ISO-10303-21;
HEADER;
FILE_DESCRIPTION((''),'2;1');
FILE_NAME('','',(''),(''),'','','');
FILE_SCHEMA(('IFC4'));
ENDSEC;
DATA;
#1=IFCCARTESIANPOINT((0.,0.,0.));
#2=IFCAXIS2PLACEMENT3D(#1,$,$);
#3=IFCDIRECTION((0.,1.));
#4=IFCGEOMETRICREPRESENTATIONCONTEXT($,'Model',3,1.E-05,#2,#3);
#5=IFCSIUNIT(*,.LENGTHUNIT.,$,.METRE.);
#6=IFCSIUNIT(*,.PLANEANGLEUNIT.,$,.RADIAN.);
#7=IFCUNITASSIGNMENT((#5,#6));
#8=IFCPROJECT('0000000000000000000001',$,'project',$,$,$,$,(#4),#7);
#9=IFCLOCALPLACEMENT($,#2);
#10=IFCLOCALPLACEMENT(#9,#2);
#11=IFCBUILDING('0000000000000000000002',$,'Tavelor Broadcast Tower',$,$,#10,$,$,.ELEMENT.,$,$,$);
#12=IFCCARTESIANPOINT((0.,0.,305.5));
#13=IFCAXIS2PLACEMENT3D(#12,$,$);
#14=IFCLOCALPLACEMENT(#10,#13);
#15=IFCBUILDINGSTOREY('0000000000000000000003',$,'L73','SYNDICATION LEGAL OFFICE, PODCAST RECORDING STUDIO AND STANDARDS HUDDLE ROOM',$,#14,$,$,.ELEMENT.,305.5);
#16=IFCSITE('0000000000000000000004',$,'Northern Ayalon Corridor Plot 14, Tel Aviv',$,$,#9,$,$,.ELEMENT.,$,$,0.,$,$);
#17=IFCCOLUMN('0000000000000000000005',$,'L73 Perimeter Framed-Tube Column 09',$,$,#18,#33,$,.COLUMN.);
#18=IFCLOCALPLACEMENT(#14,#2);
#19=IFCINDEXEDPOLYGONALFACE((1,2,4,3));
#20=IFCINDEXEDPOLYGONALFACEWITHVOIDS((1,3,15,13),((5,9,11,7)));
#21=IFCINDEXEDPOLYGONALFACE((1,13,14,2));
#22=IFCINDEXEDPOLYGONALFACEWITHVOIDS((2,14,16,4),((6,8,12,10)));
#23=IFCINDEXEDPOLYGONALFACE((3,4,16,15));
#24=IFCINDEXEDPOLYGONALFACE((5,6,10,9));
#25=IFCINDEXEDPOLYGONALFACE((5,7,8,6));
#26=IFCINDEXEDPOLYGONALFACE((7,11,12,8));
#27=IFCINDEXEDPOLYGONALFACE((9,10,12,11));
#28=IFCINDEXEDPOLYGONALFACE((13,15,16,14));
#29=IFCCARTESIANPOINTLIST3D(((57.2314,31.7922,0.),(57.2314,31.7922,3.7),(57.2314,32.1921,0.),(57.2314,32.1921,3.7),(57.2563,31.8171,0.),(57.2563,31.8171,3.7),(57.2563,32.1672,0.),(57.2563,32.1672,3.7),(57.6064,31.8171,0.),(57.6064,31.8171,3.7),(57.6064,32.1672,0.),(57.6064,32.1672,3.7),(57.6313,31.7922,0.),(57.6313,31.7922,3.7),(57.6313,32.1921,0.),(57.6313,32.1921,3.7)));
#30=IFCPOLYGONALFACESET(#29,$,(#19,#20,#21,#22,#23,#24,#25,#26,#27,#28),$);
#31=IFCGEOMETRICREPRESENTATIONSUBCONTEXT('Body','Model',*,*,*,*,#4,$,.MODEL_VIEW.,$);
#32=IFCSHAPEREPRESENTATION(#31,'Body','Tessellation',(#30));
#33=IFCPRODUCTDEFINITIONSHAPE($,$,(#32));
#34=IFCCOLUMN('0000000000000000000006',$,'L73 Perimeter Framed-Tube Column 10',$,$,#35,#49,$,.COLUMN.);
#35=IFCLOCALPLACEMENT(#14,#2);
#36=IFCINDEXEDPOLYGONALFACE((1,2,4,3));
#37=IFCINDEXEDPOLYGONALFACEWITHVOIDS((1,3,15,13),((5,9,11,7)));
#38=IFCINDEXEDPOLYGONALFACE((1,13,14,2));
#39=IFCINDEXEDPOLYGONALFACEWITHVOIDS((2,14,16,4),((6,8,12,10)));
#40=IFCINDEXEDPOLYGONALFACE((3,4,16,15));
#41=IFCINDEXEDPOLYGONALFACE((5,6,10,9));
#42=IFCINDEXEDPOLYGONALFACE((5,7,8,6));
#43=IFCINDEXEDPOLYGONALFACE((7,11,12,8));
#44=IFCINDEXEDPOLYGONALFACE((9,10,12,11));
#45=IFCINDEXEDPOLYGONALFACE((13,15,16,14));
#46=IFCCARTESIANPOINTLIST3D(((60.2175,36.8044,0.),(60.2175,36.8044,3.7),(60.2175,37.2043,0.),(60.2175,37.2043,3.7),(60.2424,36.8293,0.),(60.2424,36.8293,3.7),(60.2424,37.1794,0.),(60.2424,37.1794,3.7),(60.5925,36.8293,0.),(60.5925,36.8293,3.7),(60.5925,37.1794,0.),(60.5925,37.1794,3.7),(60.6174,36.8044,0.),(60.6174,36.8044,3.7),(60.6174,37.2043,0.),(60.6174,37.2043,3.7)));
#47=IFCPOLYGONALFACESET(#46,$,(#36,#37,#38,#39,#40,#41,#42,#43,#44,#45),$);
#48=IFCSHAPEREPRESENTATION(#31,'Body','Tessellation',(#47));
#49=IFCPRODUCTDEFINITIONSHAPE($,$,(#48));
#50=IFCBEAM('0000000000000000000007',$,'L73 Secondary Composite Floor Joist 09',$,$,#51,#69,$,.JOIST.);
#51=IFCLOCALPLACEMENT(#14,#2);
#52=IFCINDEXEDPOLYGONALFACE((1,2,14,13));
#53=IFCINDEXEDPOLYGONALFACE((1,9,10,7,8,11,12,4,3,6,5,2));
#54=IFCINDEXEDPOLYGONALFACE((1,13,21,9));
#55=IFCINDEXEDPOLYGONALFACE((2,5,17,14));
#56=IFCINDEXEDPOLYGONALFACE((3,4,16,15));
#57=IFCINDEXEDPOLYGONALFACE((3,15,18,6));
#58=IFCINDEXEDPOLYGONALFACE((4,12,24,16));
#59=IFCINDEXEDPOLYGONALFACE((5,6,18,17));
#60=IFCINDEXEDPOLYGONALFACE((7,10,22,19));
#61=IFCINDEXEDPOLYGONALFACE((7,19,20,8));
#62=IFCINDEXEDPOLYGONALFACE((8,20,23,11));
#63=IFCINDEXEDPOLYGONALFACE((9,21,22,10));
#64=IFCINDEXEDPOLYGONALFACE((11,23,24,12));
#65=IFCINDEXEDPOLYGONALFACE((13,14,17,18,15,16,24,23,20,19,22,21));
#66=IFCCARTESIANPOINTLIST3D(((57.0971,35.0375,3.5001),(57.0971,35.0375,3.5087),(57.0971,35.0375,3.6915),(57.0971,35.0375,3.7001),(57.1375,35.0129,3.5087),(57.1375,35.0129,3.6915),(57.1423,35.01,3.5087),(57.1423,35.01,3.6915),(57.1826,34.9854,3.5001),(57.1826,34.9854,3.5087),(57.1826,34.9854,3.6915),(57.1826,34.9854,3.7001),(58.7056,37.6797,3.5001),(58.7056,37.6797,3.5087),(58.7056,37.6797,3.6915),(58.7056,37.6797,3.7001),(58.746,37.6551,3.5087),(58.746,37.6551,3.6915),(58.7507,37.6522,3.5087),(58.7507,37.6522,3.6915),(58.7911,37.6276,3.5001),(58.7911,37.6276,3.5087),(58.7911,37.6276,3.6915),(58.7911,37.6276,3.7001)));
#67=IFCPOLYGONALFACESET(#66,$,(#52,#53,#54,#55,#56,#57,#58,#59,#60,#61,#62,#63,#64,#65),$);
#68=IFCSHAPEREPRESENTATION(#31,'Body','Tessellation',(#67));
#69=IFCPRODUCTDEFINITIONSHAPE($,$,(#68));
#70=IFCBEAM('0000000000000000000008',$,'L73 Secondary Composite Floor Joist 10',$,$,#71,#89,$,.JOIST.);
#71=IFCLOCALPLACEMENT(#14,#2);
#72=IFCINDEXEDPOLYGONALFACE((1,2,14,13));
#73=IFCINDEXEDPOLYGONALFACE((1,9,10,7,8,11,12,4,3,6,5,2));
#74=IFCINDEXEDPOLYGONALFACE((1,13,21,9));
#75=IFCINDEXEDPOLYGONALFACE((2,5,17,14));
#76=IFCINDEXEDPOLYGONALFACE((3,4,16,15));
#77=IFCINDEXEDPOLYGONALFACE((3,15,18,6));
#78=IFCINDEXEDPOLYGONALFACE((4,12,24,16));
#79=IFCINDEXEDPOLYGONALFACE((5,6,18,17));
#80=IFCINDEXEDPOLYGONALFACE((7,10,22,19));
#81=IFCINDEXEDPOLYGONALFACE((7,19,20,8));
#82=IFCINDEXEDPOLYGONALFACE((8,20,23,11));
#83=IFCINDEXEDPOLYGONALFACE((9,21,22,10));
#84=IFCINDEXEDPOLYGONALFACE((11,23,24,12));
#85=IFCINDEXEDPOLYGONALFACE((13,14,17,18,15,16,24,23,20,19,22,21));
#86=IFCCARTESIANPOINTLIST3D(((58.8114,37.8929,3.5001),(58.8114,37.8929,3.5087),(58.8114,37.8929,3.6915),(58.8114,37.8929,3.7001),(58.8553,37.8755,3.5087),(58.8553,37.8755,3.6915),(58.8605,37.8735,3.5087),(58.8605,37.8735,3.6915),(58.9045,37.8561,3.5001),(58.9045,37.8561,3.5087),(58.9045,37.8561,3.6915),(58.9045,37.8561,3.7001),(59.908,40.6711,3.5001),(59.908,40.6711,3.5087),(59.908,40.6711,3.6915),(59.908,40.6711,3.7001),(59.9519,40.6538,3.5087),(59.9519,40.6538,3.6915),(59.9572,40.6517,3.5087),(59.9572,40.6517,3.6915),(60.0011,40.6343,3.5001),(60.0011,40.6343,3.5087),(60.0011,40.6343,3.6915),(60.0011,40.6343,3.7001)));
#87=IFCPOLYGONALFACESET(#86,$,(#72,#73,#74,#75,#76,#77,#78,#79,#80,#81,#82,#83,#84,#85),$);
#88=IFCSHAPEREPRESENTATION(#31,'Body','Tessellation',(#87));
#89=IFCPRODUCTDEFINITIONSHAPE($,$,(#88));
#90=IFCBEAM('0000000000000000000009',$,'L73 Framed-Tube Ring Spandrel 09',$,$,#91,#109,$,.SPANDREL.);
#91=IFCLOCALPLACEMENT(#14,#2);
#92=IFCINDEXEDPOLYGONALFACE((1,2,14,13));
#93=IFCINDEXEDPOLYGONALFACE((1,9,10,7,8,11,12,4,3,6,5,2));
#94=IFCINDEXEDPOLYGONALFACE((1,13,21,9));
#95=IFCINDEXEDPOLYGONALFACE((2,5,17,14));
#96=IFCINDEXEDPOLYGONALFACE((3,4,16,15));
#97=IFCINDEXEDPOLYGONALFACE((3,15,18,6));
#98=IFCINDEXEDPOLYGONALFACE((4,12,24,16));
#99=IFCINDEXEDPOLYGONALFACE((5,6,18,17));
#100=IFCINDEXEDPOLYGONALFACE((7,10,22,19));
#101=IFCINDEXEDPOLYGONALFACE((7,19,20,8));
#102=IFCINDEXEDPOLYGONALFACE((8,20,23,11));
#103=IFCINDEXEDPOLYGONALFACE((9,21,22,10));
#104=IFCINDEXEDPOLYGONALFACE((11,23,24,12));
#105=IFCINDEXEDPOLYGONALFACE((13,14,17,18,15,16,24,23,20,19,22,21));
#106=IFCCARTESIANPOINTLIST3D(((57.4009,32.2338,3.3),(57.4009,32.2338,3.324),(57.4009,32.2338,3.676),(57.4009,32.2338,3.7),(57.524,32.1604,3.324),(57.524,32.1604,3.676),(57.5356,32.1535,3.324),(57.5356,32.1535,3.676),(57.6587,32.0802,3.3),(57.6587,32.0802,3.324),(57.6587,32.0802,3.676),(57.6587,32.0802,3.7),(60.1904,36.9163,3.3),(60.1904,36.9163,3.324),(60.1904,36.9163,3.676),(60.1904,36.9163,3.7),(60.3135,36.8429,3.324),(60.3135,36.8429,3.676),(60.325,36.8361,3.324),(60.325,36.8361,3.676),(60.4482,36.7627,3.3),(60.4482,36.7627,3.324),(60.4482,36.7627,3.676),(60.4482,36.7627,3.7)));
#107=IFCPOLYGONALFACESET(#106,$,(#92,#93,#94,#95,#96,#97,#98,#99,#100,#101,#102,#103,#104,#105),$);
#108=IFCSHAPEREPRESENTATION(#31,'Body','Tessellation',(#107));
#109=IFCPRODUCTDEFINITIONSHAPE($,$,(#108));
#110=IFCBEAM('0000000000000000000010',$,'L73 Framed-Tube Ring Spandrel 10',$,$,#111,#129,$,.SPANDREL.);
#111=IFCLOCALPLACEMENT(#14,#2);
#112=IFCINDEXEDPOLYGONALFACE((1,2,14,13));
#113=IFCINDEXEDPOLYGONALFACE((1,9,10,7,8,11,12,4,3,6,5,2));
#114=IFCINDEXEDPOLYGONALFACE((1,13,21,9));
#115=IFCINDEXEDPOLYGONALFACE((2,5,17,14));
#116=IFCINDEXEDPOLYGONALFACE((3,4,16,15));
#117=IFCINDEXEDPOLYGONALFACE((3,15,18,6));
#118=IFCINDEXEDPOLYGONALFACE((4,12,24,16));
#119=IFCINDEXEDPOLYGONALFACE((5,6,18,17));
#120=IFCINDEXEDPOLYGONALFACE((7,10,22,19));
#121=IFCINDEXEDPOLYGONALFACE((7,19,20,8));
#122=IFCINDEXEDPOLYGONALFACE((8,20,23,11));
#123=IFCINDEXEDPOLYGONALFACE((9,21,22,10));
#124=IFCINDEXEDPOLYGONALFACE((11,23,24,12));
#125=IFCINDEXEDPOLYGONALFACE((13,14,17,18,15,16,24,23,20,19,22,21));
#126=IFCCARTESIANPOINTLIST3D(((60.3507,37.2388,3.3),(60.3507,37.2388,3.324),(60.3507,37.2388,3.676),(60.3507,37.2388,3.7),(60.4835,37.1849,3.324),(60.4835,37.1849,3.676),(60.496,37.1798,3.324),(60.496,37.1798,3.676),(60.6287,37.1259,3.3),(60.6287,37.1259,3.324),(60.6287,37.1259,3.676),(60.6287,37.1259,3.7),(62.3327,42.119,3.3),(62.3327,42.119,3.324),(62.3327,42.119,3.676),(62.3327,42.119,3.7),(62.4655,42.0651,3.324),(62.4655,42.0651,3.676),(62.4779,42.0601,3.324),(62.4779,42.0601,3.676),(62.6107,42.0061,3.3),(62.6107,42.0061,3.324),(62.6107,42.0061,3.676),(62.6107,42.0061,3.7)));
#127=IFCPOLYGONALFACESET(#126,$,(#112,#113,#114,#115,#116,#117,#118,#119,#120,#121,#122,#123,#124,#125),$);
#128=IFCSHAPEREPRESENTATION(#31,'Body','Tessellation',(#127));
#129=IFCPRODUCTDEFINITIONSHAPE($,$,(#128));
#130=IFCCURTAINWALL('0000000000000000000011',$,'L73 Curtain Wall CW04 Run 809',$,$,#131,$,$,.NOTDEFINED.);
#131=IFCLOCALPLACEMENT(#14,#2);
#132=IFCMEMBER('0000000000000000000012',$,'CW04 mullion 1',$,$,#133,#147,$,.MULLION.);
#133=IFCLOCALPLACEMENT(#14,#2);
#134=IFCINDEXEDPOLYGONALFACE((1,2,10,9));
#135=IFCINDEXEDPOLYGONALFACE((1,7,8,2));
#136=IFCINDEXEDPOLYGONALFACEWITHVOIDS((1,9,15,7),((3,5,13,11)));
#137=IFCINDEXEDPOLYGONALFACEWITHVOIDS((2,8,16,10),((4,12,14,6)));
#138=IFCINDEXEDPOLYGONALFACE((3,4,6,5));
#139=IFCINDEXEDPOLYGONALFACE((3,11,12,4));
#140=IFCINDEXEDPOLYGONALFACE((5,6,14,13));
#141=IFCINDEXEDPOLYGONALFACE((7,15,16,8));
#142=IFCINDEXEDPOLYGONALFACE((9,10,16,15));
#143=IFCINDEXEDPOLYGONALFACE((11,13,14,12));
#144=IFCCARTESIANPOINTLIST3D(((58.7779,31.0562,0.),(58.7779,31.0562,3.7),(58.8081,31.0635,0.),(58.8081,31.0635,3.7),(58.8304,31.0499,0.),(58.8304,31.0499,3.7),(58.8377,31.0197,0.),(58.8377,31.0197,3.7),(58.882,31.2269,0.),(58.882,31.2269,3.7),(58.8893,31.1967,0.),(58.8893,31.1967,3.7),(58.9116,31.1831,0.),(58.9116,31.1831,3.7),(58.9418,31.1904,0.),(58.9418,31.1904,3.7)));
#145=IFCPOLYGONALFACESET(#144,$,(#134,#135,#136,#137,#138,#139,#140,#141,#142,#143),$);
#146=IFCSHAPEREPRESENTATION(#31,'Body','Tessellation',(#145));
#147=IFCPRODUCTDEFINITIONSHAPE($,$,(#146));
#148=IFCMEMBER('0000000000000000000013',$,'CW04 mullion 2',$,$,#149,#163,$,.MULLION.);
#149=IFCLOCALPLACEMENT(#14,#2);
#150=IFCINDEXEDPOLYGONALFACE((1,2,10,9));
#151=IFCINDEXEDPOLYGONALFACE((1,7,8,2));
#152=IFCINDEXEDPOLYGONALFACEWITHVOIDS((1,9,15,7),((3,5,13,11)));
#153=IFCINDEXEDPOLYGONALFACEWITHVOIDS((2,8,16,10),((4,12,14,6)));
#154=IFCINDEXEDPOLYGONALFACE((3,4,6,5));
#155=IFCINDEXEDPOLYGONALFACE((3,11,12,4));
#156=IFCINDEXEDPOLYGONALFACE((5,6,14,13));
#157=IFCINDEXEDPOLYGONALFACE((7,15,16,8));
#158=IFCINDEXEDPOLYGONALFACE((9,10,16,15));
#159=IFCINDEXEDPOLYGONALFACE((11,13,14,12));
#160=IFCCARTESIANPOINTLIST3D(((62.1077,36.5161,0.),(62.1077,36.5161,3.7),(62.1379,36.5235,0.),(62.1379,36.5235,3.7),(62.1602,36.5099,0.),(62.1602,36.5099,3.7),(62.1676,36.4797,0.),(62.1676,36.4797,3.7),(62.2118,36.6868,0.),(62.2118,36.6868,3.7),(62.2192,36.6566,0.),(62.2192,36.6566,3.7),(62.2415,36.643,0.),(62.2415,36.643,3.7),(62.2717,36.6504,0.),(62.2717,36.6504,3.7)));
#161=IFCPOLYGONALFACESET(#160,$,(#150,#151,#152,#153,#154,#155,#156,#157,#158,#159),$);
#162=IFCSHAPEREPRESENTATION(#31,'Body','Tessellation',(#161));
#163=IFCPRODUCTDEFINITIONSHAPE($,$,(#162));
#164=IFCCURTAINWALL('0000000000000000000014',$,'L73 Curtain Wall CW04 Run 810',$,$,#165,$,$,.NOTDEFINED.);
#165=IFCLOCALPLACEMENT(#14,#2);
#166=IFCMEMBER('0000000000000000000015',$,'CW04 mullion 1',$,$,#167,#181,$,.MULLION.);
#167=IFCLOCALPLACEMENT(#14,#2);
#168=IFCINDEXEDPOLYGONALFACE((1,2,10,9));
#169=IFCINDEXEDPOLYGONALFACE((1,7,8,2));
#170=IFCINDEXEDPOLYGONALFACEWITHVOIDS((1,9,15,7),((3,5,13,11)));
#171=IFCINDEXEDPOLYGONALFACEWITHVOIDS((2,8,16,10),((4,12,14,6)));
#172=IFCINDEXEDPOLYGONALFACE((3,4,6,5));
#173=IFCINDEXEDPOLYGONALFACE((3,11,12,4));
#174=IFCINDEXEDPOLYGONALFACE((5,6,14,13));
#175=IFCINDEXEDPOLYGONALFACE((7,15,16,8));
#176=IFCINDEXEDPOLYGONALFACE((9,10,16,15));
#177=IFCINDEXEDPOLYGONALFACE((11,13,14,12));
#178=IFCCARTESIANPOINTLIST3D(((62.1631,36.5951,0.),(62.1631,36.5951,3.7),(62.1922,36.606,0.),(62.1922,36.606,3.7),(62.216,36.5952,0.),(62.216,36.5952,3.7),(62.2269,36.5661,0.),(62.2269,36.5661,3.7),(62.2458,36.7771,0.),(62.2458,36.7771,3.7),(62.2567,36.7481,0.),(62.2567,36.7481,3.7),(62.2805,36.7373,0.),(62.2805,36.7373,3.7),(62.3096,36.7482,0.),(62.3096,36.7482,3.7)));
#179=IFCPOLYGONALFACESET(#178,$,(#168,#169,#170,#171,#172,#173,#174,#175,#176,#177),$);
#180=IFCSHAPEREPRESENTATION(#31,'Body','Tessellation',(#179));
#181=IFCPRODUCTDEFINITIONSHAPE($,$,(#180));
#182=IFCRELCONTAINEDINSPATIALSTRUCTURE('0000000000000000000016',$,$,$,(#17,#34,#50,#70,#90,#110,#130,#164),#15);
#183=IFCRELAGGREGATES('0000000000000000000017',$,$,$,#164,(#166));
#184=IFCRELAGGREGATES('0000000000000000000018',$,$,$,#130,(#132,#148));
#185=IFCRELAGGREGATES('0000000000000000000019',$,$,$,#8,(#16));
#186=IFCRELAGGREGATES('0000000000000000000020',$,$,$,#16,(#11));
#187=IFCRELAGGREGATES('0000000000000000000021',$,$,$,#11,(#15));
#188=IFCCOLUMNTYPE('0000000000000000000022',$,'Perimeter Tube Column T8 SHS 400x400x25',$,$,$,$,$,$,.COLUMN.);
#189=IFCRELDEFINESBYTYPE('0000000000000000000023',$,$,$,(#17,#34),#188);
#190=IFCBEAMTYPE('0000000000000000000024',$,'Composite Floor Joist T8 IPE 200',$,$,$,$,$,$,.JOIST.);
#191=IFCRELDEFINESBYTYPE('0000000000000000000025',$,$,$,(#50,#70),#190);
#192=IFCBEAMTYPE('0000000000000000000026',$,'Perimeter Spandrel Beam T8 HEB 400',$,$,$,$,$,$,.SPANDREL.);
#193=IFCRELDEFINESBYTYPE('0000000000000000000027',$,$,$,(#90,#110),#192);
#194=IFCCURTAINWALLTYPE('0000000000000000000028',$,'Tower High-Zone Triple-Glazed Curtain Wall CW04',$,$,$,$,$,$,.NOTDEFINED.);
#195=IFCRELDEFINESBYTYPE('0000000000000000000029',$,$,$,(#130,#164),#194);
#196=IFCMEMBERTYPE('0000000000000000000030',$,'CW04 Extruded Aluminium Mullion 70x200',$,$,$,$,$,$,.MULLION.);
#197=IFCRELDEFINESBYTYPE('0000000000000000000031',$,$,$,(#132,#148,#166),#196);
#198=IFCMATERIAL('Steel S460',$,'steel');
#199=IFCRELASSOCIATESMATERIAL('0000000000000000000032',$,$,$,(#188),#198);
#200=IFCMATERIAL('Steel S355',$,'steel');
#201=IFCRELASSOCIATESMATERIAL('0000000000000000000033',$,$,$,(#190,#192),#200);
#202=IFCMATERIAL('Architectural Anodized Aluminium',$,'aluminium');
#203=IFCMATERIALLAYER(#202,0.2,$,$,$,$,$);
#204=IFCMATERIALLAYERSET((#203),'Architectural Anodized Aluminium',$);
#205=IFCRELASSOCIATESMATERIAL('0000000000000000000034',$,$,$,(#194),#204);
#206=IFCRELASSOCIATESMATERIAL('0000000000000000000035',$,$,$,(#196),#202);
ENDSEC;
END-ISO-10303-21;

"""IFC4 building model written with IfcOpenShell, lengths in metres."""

from ifc_helpers import new_model, si_unit, direction, frame, origin, origin_2d, place, context, subcontext, project, spatial, hollow_rectangle, i_section, extrude, source, transform, mapped, material, layer, layer_set, material_profile, profile_set, type_object, type_shapes, element, aggregate, save


model = new_model("IFC4")

# Units and contexts
model_context = context("Model", 3, precision=1e-05, world=origin(), true_north=direction((0.0, 1.0)))
body_context = subcontext(model_context, "Body", "Model", "MODEL_VIEW")
ifc_project = project(units=[si_unit("LENGTHUNIT", "METRE"), si_unit("PLANEANGLEUNIT", "RADIAN")], contexts=[model_context])

# Site, building, storey
site_placement = place(None, origin())
site = spatial("IfcSite", under=ifc_project, at=site_placement, Name="Northern Ayalon Corridor Plot 14, Tel Aviv", CompositionType="ELEMENT", RefElevation=0.0)
building_placement = place(site_placement, origin())
building = spatial("IfcBuilding", under=site, at=building_placement, Name="Tavelor Broadcast Tower", CompositionType="ELEMENT")
storey_placement = place(building_placement, frame((0.0, 0.0, 305.5)))
storey = spatial("IfcBuildingStorey", under=building, at=storey_placement, Name="L73", Description="SYNDICATION LEGAL OFFICE, PODCAST RECORDING STUDIO AND STANDARDS HUDDLE ROOM", CompositionType="ELEMENT", Elevation=305.5)

# Columns
ifc_material_1 = material(Name="Steel S460", Category="steel")
ifc_material_profile_1 = material_profile(ifc_material_1, hollow_rectangle(XDim=0.3999, YDim=0.3999, WallThickness=0.0249, at=origin_2d()), Name="SHS 400x400x25")
ifc_profile_set_1 = profile_set([ifc_material_profile_1], Name="Steel S460")
column_type = type_object("IfcColumnType", Name="Perimeter Tube Column T8 SHS 400x400x25", PredefinedType="COLUMN", material=ifc_profile_set_1)
for number, where, z_axis, x_axis, name in (
    (1, (57.4314, 31.9922, 0.0), (0.0, 0.0, 1.0), (1.0, 0.0, 0.0), "L73 Perimeter Framed-Tube Column 09"),
    (2, (60.4175, 37.0044, 0.0), (0.0, 0.0, 1.0), (1.0, 0.0, 0.0), "L73 Perimeter Framed-Tube Column 10"),
):
    element("IfcColumn", number, at=place(storey_placement, frame(where, z_axis=z_axis, x_axis=x_axis)), inside=storey, type_object=column_type, Name=name, PredefinedType="COLUMN", context=body_context, shape_type="SweptSolid", body=[
        extrude(hollow_rectangle(XDim=0.3999, YDim=0.3999, WallThickness=0.0249, at=origin_2d()), origin(), (0.0, 0.0, 1.0), 3.7),
    ])

# Beams
ifc_material_2 = material(Name="Steel S355", Category="steel")
ifc_material_profile_2 = material_profile(ifc_material_2, i_section(OverallWidth=0.1001, OverallDepth=0.2, WebThickness=0.0056, FlangeThickness=0.0085, at=origin_2d()), Name="IPE 200")
ifc_profile_set_2 = profile_set([ifc_material_profile_2], Name="Steel S355")
beam_type_1 = type_object("IfcBeamType", Name="Composite Floor Joist T8 IPE 200", PredefinedType="JOIST", material=ifc_profile_set_2)
beam_1_placement = place(storey_placement, frame((57.1399, 35.0115, 3.6001), z_axis=(0.519987, 0.854174, 0.0), x_axis=(-0.854174, 0.519987, 0.0)))
element("IfcBeam", 3, at=beam_1_placement, inside=storey, type_object=beam_type_1, Name="L73 Secondary Composite Floor Joist 09", PredefinedType="JOIST", context=body_context, shape_type="SweptSolid", body=[
    extrude(i_section(OverallWidth=0.1001, OverallDepth=0.2, WebThickness=0.0056, FlangeThickness=0.0085, at=origin_2d()), origin(), (0.0, 0.0, 1.0), 3.0933),
])
beam_2_placement = place(storey_placement, frame((58.8579, 37.8745, 3.6001), z_axis=(0.367159, 0.930158, 0.0), x_axis=(-0.930158, 0.367159, 0.0)))
element("IfcBeam", 4, at=beam_2_placement, inside=storey, type_object=beam_type_1, Name="L73 Secondary Composite Floor Joist 10", PredefinedType="JOIST", context=body_context, shape_type="SweptSolid", body=[
    extrude(i_section(OverallWidth=0.1001, OverallDepth=0.2, WebThickness=0.0056, FlangeThickness=0.0085, at=origin_2d()), origin(), (0.0, 0.0, 1.0), 2.9868),
])
ifc_material_profile_3 = material_profile(ifc_material_2, i_section(OverallWidth=0.3, OverallDepth=0.3999, WebThickness=0.0134, FlangeThickness=0.0239, at=origin_2d()), Name="HEB 400")
ifc_profile_set_3 = profile_set([ifc_material_profile_3], Name="Steel S355")
beam_type_2 = type_object("IfcBeamType", Name="Perimeter Spandrel Beam T8 HEB 400", PredefinedType="SPANDREL", material=ifc_profile_set_3)
beam_3_placement = place(storey_placement, frame((57.5298, 32.157, 3.5), z_axis=(0.511793, 0.859109, 0.0), x_axis=(-0.859109, 0.511793, 0.0)))
element("IfcBeam", 5, at=beam_3_placement, inside=storey, type_object=beam_type_2, Name="L73 Framed-Tube Ring Spandrel 09", PredefinedType="SPANDREL", context=body_context, shape_type="SweptSolid", body=[
    extrude(i_section(OverallWidth=0.3, OverallDepth=0.3999, WebThickness=0.0134, FlangeThickness=0.0239, at=origin_2d()), origin(), (0.0, 0.0, 1.0), 5.4504),
])
beam_4_placement = place(storey_placement, frame((60.4897, 37.1824, 3.5), z_axis=(0.376276, 0.926507, 0.0), x_axis=(-0.926507, 0.376276, 0.0)))
element("IfcBeam", 6, at=beam_4_placement, inside=storey, type_object=beam_type_2, Name="L73 Framed-Tube Ring Spandrel 10", PredefinedType="SPANDREL", context=body_context, shape_type="SweptSolid", body=[
    extrude(i_section(OverallWidth=0.3, OverallDepth=0.3999, WebThickness=0.0134, FlangeThickness=0.0239, at=origin_2d()), origin(), (0.0, 0.0, 1.0), 5.2673),
])

# Curtain wall, members
ifc_material_3 = material(Name="Architectural Anodized Aluminium", Category="aluminium")
ifc_layer_1 = layer(ifc_material_3, 0.2)
ifc_layer_set_1 = layer_set([ifc_layer_1], Name="Architectural Anodized Aluminium")
curtain_wall_type = type_object("IfcCurtainWallType", Name="Tower High-Zone Triple-Glazed Curtain Wall CW04", PredefinedType="NOTDEFINED", material=ifc_layer_set_1)
curtain_wall_1_placement = place(storey_placement, origin())
curtain_wall_1 = element("IfcCurtainWall", 7, at=curtain_wall_1_placement, inside=storey, type_object=curtain_wall_type, Name="L73 Curtain Wall CW04 Run 809", PredefinedType="NOTDEFINED")
ifc_material_profile_4 = material_profile(ifc_material_3, hollow_rectangle(XDim=0.0701, YDim=0.2, WallThickness=0.022, at=origin_2d()), Name="RHS 70x200x22")
ifc_profile_set_4 = profile_set([ifc_material_profile_4], Name="Architectural Anodized Aluminium")
member_type_1 = type_object("IfcMemberType", Name="CW04 Extruded Aluminium Mullion 70x200", PredefinedType="MULLION", material=ifc_profile_set_4)
shared_shape_1 = source(origin(), body_context, "Body", "SweptSolid", [
    extrude(hollow_rectangle(XDim=0.0701, YDim=0.2, WallThickness=0.022, at=origin_2d()), origin(), (0.0, 0.0, 1.0), 3.7),
])
type_shapes(member_type_1, [shared_shape_1])
member_1_placement = place(storey_placement, frame((58.8599, 31.1233, 0.0), z_axis=(0.0, 0.0, 1.0), x_axis=(-0.853775, 0.520642, 0.0)))
member_1 = element("IfcMember", 8, at=member_1_placement, type_object=member_type_1, Name="CW04 mullion 1", PredefinedType="MULLION", context=body_context, shape_type="MappedRepresentation", body=[
    mapped(shared_shape_1, transform((0.0, 0.0, 0.0), scale=1.0)),
])
member_2_placement = place(storey_placement, frame((62.1897, 36.5833, 0.0), z_axis=(0.0, 0.0, 1.0), x_axis=(-0.853775, 0.520642, 0.0)))
member_2 = element("IfcMember", 9, at=member_2_placement, type_object=member_type_1, Name="CW04 mullion 2", PredefinedType="MULLION", context=body_context, shape_type="MappedRepresentation", body=[
    mapped(shared_shape_1, transform((0.0, 0.0, 0.0), scale=1.0)),
])

# Curtain wall, member
curtain_wall_2_placement = place(storey_placement, origin())
curtain_wall_2 = element("IfcCurtainWall", 10, at=curtain_wall_2_placement, inside=storey, type_object=curtain_wall_type, Name="L73 Curtain Wall CW04 Run 810", PredefinedType="NOTDEFINED")
member_3_placement = place(storey_placement, frame((62.2363, 36.6716, 0.0), z_axis=(0.0, 0.0, 1.0), x_axis=(-0.910506, 0.413496, 0.0)))
member_3 = element("IfcMember", 11, at=member_3_placement, type_object=member_type_1, Name="CW04 mullion 1", PredefinedType="MULLION", context=body_context, shape_type="MappedRepresentation", body=[
    mapped(shared_shape_1, transform((0.0, 0.0, 0.0), scale=1.0)),
])

aggregate(curtain_wall_2, [member_3])

aggregate(curtain_wall_1, [member_1, member_2])

save(model, "model.ifc")
